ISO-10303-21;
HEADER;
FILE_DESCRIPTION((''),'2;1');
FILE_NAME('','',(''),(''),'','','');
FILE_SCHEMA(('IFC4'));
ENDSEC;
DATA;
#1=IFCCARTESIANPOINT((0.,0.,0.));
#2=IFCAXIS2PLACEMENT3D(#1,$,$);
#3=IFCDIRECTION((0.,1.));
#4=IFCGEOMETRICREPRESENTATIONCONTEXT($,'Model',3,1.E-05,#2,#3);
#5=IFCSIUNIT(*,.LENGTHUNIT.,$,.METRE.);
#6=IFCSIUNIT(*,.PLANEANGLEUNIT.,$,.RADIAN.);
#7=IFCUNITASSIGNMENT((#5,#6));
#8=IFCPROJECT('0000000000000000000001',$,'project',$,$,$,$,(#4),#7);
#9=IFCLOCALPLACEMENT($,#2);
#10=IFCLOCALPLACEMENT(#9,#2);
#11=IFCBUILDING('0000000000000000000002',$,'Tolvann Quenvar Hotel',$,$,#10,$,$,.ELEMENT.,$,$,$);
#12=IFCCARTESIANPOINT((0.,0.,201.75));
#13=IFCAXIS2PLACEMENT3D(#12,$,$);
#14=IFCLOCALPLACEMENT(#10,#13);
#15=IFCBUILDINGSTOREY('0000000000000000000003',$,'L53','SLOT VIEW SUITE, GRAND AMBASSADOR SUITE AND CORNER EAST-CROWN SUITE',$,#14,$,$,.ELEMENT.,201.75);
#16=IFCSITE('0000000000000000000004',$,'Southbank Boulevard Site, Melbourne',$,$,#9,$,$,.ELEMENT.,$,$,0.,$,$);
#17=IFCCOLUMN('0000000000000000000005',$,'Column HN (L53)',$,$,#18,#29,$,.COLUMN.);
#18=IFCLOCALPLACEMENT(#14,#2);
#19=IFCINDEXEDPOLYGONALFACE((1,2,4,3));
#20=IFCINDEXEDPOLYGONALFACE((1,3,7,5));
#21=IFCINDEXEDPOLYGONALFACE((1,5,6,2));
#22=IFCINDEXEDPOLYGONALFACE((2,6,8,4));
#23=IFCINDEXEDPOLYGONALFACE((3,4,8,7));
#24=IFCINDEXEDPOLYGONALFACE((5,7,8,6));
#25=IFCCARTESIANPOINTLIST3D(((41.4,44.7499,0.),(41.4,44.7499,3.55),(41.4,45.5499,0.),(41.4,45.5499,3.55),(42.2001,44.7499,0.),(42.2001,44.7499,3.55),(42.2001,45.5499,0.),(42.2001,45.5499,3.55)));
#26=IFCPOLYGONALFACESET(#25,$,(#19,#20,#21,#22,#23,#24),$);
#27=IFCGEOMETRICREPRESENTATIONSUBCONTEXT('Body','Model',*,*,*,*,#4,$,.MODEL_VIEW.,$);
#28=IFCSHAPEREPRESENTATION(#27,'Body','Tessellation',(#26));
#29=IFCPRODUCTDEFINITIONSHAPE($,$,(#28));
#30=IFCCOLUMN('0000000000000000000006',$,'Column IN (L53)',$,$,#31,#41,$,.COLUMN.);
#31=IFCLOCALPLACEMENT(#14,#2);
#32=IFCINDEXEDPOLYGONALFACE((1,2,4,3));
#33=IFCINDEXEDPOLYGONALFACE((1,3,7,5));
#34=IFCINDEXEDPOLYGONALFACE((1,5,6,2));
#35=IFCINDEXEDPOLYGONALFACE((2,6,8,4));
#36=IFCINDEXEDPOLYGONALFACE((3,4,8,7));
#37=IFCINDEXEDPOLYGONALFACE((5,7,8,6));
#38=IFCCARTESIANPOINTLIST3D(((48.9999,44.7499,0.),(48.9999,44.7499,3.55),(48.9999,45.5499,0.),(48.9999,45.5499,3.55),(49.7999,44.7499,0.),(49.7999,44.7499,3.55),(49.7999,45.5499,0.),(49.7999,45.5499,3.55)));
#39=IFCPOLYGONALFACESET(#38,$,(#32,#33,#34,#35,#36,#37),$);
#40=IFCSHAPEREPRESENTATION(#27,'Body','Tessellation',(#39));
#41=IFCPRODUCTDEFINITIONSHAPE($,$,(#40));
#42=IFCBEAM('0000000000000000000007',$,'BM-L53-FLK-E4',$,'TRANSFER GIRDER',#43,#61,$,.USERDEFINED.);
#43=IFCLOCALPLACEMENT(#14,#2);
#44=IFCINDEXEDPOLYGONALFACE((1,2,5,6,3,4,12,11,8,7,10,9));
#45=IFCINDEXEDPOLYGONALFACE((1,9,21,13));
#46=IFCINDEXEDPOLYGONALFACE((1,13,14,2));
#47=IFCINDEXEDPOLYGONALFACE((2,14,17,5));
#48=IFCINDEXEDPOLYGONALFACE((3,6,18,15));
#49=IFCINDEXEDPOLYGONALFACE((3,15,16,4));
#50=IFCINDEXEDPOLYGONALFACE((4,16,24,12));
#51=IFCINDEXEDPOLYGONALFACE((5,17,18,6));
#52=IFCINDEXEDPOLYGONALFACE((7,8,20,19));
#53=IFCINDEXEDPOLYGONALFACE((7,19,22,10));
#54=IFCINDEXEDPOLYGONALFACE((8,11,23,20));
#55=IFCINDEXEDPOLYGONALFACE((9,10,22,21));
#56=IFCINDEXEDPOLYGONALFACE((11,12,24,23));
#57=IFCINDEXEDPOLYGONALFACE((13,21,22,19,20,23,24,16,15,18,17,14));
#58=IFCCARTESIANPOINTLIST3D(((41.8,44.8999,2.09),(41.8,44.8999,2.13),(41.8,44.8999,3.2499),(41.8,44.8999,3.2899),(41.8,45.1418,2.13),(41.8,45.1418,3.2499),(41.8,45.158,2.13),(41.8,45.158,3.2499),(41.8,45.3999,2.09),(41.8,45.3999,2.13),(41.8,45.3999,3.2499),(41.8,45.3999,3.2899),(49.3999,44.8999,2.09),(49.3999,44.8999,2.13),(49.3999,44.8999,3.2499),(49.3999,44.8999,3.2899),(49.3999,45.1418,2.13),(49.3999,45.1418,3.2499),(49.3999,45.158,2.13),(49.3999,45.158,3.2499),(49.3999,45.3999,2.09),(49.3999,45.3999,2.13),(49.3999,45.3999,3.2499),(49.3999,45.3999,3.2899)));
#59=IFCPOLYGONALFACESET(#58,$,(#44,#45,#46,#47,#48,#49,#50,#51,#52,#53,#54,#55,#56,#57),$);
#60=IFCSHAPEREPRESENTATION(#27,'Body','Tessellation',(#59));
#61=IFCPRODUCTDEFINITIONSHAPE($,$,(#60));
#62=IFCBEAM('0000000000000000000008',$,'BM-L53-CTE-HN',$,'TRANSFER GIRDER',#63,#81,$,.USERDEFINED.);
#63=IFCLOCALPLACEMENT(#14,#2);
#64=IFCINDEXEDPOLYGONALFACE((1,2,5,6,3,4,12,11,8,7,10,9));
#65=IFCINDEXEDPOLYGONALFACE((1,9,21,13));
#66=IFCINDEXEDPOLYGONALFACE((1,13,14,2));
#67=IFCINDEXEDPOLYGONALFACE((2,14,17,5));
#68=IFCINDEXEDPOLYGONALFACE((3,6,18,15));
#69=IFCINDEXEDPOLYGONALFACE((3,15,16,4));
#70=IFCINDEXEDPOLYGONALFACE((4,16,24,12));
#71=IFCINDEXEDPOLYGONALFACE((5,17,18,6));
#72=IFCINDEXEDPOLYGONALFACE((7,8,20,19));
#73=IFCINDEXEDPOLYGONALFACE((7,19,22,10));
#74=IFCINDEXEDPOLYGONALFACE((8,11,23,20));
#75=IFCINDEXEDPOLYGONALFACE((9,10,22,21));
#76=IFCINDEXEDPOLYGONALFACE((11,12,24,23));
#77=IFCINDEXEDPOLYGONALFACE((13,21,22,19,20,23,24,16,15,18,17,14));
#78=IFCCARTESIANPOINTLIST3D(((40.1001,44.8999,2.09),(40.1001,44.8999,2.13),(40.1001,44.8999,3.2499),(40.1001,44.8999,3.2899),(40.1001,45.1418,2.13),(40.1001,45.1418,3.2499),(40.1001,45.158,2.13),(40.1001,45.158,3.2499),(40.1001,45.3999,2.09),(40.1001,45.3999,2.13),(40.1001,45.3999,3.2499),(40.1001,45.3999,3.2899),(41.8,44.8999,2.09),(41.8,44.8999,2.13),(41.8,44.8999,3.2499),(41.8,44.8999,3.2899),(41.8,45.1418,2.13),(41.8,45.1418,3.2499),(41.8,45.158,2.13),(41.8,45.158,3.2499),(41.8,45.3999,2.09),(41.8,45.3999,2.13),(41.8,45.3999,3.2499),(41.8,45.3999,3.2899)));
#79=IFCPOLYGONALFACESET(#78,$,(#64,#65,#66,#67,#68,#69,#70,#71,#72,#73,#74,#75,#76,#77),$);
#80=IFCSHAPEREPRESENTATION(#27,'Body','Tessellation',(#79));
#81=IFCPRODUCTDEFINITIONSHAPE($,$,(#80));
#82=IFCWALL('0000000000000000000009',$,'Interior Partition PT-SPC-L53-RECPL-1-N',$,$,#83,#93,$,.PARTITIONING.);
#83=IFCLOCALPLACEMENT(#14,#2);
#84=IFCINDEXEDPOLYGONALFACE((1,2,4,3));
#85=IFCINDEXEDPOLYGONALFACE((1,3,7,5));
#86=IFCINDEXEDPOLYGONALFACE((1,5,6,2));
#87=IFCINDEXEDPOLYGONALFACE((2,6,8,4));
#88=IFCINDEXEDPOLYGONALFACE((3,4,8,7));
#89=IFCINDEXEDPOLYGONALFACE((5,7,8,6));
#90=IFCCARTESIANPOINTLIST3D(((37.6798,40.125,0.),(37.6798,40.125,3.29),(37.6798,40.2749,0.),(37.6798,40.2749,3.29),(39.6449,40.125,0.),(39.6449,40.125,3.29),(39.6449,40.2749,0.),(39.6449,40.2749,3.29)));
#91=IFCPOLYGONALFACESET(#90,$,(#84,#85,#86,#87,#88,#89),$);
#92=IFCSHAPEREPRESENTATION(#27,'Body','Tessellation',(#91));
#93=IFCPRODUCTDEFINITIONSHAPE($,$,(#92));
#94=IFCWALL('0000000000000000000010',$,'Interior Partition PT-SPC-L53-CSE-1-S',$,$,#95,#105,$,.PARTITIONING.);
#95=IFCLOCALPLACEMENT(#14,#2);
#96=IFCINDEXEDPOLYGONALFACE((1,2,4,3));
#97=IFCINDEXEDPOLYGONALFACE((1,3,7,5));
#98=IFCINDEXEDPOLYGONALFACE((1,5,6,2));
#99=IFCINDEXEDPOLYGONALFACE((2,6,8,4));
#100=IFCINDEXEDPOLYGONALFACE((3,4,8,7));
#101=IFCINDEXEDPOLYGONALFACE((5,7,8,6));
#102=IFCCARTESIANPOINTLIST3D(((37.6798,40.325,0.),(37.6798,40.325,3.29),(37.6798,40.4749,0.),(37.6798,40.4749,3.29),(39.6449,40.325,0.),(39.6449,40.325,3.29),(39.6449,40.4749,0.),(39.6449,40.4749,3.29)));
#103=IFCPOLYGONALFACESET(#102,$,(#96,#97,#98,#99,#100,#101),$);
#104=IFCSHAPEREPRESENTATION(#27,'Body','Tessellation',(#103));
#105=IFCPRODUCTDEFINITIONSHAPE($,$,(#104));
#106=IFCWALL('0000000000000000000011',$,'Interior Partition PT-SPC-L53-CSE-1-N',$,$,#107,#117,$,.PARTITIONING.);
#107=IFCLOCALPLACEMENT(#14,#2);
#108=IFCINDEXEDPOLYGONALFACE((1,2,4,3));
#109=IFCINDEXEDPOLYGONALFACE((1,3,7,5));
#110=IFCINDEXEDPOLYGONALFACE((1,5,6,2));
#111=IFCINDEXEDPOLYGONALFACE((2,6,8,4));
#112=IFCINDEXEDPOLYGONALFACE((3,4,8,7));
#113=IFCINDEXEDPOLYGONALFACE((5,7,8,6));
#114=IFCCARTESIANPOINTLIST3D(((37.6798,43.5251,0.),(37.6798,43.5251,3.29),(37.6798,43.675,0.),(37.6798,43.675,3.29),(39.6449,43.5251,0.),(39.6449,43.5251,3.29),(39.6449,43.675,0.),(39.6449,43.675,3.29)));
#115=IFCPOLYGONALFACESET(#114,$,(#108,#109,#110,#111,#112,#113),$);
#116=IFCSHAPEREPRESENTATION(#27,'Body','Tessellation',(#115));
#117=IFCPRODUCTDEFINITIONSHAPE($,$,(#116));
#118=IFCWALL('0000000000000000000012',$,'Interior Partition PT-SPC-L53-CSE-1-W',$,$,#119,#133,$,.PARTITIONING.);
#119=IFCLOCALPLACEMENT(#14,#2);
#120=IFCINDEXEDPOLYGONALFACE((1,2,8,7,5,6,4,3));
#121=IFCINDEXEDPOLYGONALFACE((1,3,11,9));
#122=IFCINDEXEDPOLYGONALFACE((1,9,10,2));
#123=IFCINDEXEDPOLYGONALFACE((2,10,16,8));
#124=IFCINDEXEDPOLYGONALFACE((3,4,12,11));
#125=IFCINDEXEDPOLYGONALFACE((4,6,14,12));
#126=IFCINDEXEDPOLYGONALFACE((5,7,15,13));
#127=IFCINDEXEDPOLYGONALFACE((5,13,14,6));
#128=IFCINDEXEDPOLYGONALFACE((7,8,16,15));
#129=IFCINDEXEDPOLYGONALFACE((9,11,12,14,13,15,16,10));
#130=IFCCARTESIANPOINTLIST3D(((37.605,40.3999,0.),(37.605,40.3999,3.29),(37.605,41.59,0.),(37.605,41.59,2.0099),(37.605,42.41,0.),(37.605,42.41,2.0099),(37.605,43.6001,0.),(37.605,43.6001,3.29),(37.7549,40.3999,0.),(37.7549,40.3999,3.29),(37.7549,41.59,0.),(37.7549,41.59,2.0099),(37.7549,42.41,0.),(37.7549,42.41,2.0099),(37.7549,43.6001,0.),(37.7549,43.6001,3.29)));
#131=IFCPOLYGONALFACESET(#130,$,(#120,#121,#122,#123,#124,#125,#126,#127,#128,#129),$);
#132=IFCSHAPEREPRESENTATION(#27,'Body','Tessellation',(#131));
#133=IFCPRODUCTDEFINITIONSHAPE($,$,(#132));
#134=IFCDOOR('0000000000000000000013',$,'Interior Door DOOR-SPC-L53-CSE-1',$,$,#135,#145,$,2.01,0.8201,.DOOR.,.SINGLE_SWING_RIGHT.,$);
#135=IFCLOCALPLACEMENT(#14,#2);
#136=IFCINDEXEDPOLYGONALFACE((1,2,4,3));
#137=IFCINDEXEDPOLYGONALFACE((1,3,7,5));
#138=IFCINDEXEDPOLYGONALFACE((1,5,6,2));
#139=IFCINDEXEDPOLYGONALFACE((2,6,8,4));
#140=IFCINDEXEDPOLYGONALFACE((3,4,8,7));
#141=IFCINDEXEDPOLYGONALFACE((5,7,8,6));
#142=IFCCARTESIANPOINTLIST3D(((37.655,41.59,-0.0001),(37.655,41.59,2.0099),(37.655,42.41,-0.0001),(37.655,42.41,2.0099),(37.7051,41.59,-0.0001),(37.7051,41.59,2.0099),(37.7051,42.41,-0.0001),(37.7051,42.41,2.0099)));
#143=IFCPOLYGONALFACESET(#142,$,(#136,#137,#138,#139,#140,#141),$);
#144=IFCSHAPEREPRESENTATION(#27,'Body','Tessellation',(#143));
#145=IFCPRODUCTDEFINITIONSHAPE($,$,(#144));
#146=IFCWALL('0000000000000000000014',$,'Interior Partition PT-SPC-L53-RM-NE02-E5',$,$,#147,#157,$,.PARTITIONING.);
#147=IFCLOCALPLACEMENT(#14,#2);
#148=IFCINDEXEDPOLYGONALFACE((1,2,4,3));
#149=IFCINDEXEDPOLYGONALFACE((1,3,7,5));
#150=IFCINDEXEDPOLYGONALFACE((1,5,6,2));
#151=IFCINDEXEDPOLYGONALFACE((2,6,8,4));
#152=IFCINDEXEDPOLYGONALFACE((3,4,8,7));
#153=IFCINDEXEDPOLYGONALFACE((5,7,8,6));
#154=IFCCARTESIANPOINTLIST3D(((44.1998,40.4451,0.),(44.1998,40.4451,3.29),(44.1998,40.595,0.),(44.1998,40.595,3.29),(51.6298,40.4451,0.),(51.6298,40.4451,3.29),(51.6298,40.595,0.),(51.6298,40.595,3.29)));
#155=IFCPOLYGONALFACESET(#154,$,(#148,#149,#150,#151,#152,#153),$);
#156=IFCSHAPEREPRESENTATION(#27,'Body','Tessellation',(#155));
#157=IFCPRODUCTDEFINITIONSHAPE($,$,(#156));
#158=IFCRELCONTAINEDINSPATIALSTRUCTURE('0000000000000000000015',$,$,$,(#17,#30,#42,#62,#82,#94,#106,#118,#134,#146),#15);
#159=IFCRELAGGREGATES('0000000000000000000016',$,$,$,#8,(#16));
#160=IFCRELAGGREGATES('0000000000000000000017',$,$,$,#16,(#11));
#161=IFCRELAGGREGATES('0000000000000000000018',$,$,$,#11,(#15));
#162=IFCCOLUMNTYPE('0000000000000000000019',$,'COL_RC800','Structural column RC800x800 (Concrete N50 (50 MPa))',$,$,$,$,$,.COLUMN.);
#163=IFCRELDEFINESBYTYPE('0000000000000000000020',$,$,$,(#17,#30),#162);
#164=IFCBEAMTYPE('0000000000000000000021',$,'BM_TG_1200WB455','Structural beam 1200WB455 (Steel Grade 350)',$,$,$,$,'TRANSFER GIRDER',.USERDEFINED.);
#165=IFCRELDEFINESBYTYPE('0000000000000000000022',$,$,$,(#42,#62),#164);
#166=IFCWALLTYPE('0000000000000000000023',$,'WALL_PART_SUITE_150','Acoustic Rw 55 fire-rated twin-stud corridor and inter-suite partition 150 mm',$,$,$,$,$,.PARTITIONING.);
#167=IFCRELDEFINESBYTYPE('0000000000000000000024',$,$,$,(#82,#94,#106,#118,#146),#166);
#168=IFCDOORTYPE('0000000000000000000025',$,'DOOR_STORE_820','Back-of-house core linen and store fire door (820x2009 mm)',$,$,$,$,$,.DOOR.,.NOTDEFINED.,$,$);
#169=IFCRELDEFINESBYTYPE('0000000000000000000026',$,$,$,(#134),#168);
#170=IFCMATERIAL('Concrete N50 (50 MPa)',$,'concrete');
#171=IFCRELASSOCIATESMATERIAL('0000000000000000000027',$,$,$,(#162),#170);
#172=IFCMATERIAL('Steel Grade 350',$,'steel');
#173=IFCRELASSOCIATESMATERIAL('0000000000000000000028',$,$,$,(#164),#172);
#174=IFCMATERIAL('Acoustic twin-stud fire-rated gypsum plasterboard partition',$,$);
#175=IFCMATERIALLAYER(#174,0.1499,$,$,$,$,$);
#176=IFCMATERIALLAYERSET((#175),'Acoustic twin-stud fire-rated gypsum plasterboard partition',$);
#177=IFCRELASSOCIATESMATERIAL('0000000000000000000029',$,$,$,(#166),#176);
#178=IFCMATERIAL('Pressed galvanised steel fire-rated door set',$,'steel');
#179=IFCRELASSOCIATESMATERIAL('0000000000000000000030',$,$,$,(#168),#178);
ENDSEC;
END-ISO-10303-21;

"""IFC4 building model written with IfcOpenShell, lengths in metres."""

from ifc_helpers import new_model, si_unit, direction, frame, frame_2d, origin, origin_2d, place, context, subcontext, project, spatial, rectangle, i_section, extrude, source, transform, mapped, material, layer, layer_set, material_profile, profile_set, type_object, type_shapes, element, fill, save


model = new_model("IFC4")

# Units and contexts
model_context = context("Model", 3, precision=1e-05, world=origin(), true_north=direction((0.0, 1.0)))
body_context = subcontext(model_context, "Body", "Model", "MODEL_VIEW")
ifc_project = project(units=[si_unit("LENGTHUNIT", "METRE"), si_unit("PLANEANGLEUNIT", "RADIAN")], contexts=[model_context])

# Site, building, storey
site_placement = place(None, origin())
site = spatial("IfcSite", under=ifc_project, at=site_placement, Name="Southbank Boulevard Site, Melbourne", CompositionType="ELEMENT", RefElevation=0.0)
building_placement = place(site_placement, origin())
building = spatial("IfcBuilding", under=site, at=building_placement, Name="Tolvann Quenvar Hotel", CompositionType="ELEMENT")
storey_placement = place(building_placement, frame((0.0, 0.0, 201.75)))
storey = spatial("IfcBuildingStorey", under=building, at=storey_placement, Name="L53", Description="SLOT VIEW SUITE, GRAND AMBASSADOR SUITE AND CORNER EAST-CROWN SUITE", CompositionType="ELEMENT", Elevation=201.75)

# Columns
ifc_material_1 = material(Name="Concrete N50 (50 MPa)", Category="concrete")
ifc_material_profile_1 = material_profile(ifc_material_1, rectangle(XDim=0.8, YDim=0.8, at=origin_2d()), Name="RC800x800")
ifc_profile_set_1 = profile_set([ifc_material_profile_1], Name="Concrete N50 (50 MPa)")
column_type = type_object("IfcColumnType", Name="COL_RC800", Description="Structural column RC800x800 (Concrete N50 (50 MPa))", PredefinedType="COLUMN", material=ifc_profile_set_1)
shared_shape_1 = source(origin(), body_context, "Body", "SweptSolid", [
    extrude(rectangle(XDim=0.8, YDim=0.8, at=origin_2d()), origin(), (0.0, 0.0, 1.0), 3.55),
])
type_shapes(column_type, [shared_shape_1])
for number, where, z_axis, x_axis, name in (
    (1, (41.8, 45.1499, 0.0), (0.0, 0.0, 1.0), (1.0, 0.0, 0.0), "Column HN (L53)"),
    (2, (49.3999, 45.1499, 0.0), (0.0, 0.0, 1.0), (1.0, 0.0, 0.0), "Column IN (L53)"),
):
    element("IfcColumn", number, at=place(storey_placement, frame(where, z_axis=z_axis, x_axis=x_axis)), inside=storey, type_object=column_type, Name=name, PredefinedType="COLUMN", context=body_context, shape_type="MappedRepresentation", body=[
        mapped(shared_shape_1, transform((0.0, 0.0, 0.0), x_axis=(1.0, 0.0, 0.0), y_axis=(0.0, 1.0, 0.0), z_axis=(0.0, 0.0, 1.0), scale=1.0)),
    ])

# Beams
ifc_material_2 = material(Name="Steel Grade 350", Category="steel")
ifc_material_profile_2 = material_profile(ifc_material_2, i_section(OverallWidth=0.5, OverallDepth=1.2, WebThickness=0.0161, FlangeThickness=0.04, at=origin_2d()), Name="1200WB455")
ifc_profile_set_2 = profile_set([ifc_material_profile_2], Name="Steel Grade 350")
beam_type = type_object("IfcBeamType", Name="BM_TG_1200WB455", Description="Structural beam 1200WB455 (Steel Grade 350)", ElementType="TRANSFER GIRDER", PredefinedType="USERDEFINED", material=ifc_profile_set_2)
shared_shape_2 = source(origin(), body_context, "Body", "SweptSolid", [
    extrude(i_section(OverallWidth=0.5, OverallDepth=1.2, WebThickness=0.0161, FlangeThickness=0.04, at=origin_2d()), origin(), (0.0, 0.0, 1.0), 7.5999),
])
beam_1_placement = place(storey_placement, frame((49.3999, 45.1499, 2.6899), z_axis=(-1.0, 0.0, 0.0), x_axis=(0.0, -1.0, 0.0)))
element("IfcBeam", 3, at=beam_1_placement, inside=storey, type_object=beam_type, Name="BM-L53-FLK-E4", ObjectType="TRANSFER GIRDER", PredefinedType="USERDEFINED", context=body_context, shape_type="MappedRepresentation", body=[
    mapped(shared_shape_2, transform((0.0, 0.0, 0.0), x_axis=(1.0, 0.0, 0.0), y_axis=(0.0, 1.0, 0.0), z_axis=(0.0, 0.0, 1.0), scale=1.0)),
])
shared_shape_3 = source(origin(), body_context, "Body", "SweptSolid", [
    extrude(i_section(OverallWidth=0.5, OverallDepth=1.2, WebThickness=0.0161, FlangeThickness=0.04, at=origin_2d()), origin(), (0.0, 0.0, 1.0), 1.7),
])
type_shapes(beam_type, [shared_shape_2, shared_shape_3])
beam_2_placement = place(storey_placement, frame((40.1001, 45.1499, 2.6899), z_axis=(1.0, 0.0, 0.0), x_axis=(0.0, 1.0, 0.0)))
element("IfcBeam", 4, at=beam_2_placement, inside=storey, type_object=beam_type, Name="BM-L53-CTE-HN", ObjectType="TRANSFER GIRDER", PredefinedType="USERDEFINED", context=body_context, shape_type="MappedRepresentation", body=[
    mapped(shared_shape_3, transform((0.0, 0.0, 0.0), x_axis=(1.0, 0.0, 0.0), y_axis=(0.0, 1.0, 0.0), z_axis=(0.0, 0.0, 1.0), scale=1.0)),
])

# Walls
ifc_material_3 = material(Name="Acoustic twin-stud fire-rated gypsum plasterboard partition")
ifc_layer = layer(ifc_material_3, 0.1499)
ifc_layer_set = layer_set([ifc_layer], Name="Acoustic twin-stud fire-rated gypsum plasterboard partition")
wall_type = type_object("IfcWallType", Name="WALL_PART_SUITE_150", Description="Acoustic Rw 55 fire-rated twin-stud corridor and inter-suite partition 150 mm", PredefinedType="PARTITIONING", material=ifc_layer_set)
for number, where, z_axis, x_axis, name in (
    (5, (37.6799, 40.2, 0.0), (0.0, 0.0, 1.0), (1.0, 0.0, 0.0), "Interior Partition PT-SPC-L53-RECPL-1-N"),
    (6, (37.6799, 40.3999, 0.0), (0.0, 0.0, 1.0), (1.0, 0.0, 0.0), "Interior Partition PT-SPC-L53-CSE-1-S"),
    (7, (37.6799, 43.6001, 0.0), (0.0, 0.0, 1.0), (1.0, 0.0, 0.0), "Interior Partition PT-SPC-L53-CSE-1-N"),
):
    element("IfcWall", number, at=place(storey_placement, frame(where, z_axis=z_axis, x_axis=x_axis)), inside=storey, type_object=wall_type, Name=name, PredefinedType="PARTITIONING", context=body_context, shape_type="SweptSolid", body=[
        extrude(rectangle(XDim=1.9651, YDim=0.1499, at=frame_2d((0.9824, 0.0))), origin(), (0.0, 0.0, 1.0), 3.29),
    ])

# Wall, opening, door
wall_1_placement = place(storey_placement, frame((37.6799, 40.3999, 0.0), z_axis=(0.0, 0.0, 1.0), x_axis=(0.0, 1.0, 0.0)))
wall_1 = element("IfcWall", 8, at=wall_1_placement, inside=storey, type_object=wall_type, Name="Interior Partition PT-SPC-L53-CSE-1-W", PredefinedType="PARTITIONING", context=body_context, shape_type="SweptSolid", body=[
    extrude(rectangle(XDim=3.2002, YDim=0.1499, at=frame_2d((1.6001, 0.0))), origin(), (0.0, 0.0, 1.0), 3.29),
])
opening_1_placement = place(wall_1_placement, frame((1.1899, 0.0, 0.0)))
opening_1 = element("IfcOpeningElement", 9, at=opening_1_placement, cuts=wall_1, PredefinedType="OPENING", context=body_context, shape_type="SweptSolid", body=[
    extrude(rectangle(XDim=0.8201, YDim=2.01, at=frame_2d((0.4102, 1.0049))), frame((0.0, 0.085, 0.0), z_axis=(0.0, -1.0, 0.0), x_axis=(1.0, 0.0, 0.0)), (0.0, 0.0, 1.0), 0.1699),
])
ifc_material_4 = material(Name="Pressed galvanised steel fire-rated door set", Category="steel")
door_type_1 = type_object("IfcDoorType", Name="DOOR_STORE_820", Description="Back-of-house core linen and store fire door (820x2009 mm)", OperationType="NOTDEFINED", PredefinedType="DOOR", material=ifc_material_4)
shared_shape_4 = source(origin(), body_context, "Body", "SweptSolid", [
    extrude(rectangle(XDim=0.8201, YDim=2.01, at=frame_2d((0.4102, 1.0049))), frame((0.0, 0.0249, 0.0), z_axis=(0.0, -1.0, 0.0), x_axis=(1.0, 0.0, 0.0)), (0.0, 0.0, 1.0), 0.05),
])
type_shapes(door_type_1, [shared_shape_4])
door_1_placement = place(opening_1_placement, origin())
door_1 = element("IfcDoor", 10, at=door_1_placement, inside=storey, type_object=door_type_1, Name="Interior Door DOOR-SPC-L53-CSE-1", OperationType="SINGLE_SWING_RIGHT", OverallHeight=2.01, OverallWidth=0.8201, PredefinedType="DOOR", context=body_context, shape_type="MappedRepresentation", body=[
    mapped(shared_shape_4, transform((0.0, 0.0, 0.0), x_axis=(1.0, 0.0, 0.0), y_axis=(0.0, 1.0, 0.0), z_axis=(0.0, 0.0, 1.0), scale=1.0)),
])
fill(opening_1, door_1)

# Wall
wall_2_placement = place(storey_placement, frame((44.2, 40.52, 0.0), z_axis=(0.0, 0.0, 1.0), x_axis=(1.0, 0.0, 0.0)))
element("IfcWall", 11, at=wall_2_placement, inside=storey, type_object=wall_type, Name="Interior Partition PT-SPC-L53-RM-NE02-E5", PredefinedType="PARTITIONING", context=body_context, shape_type="SweptSolid", body=[
    extrude(rectangle(XDim=7.4299, YDim=0.1499, at=frame_2d((3.7148, 0.0))), origin(), (0.0, 0.0, 1.0), 3.29),
])

save(model, "model.ifc")
